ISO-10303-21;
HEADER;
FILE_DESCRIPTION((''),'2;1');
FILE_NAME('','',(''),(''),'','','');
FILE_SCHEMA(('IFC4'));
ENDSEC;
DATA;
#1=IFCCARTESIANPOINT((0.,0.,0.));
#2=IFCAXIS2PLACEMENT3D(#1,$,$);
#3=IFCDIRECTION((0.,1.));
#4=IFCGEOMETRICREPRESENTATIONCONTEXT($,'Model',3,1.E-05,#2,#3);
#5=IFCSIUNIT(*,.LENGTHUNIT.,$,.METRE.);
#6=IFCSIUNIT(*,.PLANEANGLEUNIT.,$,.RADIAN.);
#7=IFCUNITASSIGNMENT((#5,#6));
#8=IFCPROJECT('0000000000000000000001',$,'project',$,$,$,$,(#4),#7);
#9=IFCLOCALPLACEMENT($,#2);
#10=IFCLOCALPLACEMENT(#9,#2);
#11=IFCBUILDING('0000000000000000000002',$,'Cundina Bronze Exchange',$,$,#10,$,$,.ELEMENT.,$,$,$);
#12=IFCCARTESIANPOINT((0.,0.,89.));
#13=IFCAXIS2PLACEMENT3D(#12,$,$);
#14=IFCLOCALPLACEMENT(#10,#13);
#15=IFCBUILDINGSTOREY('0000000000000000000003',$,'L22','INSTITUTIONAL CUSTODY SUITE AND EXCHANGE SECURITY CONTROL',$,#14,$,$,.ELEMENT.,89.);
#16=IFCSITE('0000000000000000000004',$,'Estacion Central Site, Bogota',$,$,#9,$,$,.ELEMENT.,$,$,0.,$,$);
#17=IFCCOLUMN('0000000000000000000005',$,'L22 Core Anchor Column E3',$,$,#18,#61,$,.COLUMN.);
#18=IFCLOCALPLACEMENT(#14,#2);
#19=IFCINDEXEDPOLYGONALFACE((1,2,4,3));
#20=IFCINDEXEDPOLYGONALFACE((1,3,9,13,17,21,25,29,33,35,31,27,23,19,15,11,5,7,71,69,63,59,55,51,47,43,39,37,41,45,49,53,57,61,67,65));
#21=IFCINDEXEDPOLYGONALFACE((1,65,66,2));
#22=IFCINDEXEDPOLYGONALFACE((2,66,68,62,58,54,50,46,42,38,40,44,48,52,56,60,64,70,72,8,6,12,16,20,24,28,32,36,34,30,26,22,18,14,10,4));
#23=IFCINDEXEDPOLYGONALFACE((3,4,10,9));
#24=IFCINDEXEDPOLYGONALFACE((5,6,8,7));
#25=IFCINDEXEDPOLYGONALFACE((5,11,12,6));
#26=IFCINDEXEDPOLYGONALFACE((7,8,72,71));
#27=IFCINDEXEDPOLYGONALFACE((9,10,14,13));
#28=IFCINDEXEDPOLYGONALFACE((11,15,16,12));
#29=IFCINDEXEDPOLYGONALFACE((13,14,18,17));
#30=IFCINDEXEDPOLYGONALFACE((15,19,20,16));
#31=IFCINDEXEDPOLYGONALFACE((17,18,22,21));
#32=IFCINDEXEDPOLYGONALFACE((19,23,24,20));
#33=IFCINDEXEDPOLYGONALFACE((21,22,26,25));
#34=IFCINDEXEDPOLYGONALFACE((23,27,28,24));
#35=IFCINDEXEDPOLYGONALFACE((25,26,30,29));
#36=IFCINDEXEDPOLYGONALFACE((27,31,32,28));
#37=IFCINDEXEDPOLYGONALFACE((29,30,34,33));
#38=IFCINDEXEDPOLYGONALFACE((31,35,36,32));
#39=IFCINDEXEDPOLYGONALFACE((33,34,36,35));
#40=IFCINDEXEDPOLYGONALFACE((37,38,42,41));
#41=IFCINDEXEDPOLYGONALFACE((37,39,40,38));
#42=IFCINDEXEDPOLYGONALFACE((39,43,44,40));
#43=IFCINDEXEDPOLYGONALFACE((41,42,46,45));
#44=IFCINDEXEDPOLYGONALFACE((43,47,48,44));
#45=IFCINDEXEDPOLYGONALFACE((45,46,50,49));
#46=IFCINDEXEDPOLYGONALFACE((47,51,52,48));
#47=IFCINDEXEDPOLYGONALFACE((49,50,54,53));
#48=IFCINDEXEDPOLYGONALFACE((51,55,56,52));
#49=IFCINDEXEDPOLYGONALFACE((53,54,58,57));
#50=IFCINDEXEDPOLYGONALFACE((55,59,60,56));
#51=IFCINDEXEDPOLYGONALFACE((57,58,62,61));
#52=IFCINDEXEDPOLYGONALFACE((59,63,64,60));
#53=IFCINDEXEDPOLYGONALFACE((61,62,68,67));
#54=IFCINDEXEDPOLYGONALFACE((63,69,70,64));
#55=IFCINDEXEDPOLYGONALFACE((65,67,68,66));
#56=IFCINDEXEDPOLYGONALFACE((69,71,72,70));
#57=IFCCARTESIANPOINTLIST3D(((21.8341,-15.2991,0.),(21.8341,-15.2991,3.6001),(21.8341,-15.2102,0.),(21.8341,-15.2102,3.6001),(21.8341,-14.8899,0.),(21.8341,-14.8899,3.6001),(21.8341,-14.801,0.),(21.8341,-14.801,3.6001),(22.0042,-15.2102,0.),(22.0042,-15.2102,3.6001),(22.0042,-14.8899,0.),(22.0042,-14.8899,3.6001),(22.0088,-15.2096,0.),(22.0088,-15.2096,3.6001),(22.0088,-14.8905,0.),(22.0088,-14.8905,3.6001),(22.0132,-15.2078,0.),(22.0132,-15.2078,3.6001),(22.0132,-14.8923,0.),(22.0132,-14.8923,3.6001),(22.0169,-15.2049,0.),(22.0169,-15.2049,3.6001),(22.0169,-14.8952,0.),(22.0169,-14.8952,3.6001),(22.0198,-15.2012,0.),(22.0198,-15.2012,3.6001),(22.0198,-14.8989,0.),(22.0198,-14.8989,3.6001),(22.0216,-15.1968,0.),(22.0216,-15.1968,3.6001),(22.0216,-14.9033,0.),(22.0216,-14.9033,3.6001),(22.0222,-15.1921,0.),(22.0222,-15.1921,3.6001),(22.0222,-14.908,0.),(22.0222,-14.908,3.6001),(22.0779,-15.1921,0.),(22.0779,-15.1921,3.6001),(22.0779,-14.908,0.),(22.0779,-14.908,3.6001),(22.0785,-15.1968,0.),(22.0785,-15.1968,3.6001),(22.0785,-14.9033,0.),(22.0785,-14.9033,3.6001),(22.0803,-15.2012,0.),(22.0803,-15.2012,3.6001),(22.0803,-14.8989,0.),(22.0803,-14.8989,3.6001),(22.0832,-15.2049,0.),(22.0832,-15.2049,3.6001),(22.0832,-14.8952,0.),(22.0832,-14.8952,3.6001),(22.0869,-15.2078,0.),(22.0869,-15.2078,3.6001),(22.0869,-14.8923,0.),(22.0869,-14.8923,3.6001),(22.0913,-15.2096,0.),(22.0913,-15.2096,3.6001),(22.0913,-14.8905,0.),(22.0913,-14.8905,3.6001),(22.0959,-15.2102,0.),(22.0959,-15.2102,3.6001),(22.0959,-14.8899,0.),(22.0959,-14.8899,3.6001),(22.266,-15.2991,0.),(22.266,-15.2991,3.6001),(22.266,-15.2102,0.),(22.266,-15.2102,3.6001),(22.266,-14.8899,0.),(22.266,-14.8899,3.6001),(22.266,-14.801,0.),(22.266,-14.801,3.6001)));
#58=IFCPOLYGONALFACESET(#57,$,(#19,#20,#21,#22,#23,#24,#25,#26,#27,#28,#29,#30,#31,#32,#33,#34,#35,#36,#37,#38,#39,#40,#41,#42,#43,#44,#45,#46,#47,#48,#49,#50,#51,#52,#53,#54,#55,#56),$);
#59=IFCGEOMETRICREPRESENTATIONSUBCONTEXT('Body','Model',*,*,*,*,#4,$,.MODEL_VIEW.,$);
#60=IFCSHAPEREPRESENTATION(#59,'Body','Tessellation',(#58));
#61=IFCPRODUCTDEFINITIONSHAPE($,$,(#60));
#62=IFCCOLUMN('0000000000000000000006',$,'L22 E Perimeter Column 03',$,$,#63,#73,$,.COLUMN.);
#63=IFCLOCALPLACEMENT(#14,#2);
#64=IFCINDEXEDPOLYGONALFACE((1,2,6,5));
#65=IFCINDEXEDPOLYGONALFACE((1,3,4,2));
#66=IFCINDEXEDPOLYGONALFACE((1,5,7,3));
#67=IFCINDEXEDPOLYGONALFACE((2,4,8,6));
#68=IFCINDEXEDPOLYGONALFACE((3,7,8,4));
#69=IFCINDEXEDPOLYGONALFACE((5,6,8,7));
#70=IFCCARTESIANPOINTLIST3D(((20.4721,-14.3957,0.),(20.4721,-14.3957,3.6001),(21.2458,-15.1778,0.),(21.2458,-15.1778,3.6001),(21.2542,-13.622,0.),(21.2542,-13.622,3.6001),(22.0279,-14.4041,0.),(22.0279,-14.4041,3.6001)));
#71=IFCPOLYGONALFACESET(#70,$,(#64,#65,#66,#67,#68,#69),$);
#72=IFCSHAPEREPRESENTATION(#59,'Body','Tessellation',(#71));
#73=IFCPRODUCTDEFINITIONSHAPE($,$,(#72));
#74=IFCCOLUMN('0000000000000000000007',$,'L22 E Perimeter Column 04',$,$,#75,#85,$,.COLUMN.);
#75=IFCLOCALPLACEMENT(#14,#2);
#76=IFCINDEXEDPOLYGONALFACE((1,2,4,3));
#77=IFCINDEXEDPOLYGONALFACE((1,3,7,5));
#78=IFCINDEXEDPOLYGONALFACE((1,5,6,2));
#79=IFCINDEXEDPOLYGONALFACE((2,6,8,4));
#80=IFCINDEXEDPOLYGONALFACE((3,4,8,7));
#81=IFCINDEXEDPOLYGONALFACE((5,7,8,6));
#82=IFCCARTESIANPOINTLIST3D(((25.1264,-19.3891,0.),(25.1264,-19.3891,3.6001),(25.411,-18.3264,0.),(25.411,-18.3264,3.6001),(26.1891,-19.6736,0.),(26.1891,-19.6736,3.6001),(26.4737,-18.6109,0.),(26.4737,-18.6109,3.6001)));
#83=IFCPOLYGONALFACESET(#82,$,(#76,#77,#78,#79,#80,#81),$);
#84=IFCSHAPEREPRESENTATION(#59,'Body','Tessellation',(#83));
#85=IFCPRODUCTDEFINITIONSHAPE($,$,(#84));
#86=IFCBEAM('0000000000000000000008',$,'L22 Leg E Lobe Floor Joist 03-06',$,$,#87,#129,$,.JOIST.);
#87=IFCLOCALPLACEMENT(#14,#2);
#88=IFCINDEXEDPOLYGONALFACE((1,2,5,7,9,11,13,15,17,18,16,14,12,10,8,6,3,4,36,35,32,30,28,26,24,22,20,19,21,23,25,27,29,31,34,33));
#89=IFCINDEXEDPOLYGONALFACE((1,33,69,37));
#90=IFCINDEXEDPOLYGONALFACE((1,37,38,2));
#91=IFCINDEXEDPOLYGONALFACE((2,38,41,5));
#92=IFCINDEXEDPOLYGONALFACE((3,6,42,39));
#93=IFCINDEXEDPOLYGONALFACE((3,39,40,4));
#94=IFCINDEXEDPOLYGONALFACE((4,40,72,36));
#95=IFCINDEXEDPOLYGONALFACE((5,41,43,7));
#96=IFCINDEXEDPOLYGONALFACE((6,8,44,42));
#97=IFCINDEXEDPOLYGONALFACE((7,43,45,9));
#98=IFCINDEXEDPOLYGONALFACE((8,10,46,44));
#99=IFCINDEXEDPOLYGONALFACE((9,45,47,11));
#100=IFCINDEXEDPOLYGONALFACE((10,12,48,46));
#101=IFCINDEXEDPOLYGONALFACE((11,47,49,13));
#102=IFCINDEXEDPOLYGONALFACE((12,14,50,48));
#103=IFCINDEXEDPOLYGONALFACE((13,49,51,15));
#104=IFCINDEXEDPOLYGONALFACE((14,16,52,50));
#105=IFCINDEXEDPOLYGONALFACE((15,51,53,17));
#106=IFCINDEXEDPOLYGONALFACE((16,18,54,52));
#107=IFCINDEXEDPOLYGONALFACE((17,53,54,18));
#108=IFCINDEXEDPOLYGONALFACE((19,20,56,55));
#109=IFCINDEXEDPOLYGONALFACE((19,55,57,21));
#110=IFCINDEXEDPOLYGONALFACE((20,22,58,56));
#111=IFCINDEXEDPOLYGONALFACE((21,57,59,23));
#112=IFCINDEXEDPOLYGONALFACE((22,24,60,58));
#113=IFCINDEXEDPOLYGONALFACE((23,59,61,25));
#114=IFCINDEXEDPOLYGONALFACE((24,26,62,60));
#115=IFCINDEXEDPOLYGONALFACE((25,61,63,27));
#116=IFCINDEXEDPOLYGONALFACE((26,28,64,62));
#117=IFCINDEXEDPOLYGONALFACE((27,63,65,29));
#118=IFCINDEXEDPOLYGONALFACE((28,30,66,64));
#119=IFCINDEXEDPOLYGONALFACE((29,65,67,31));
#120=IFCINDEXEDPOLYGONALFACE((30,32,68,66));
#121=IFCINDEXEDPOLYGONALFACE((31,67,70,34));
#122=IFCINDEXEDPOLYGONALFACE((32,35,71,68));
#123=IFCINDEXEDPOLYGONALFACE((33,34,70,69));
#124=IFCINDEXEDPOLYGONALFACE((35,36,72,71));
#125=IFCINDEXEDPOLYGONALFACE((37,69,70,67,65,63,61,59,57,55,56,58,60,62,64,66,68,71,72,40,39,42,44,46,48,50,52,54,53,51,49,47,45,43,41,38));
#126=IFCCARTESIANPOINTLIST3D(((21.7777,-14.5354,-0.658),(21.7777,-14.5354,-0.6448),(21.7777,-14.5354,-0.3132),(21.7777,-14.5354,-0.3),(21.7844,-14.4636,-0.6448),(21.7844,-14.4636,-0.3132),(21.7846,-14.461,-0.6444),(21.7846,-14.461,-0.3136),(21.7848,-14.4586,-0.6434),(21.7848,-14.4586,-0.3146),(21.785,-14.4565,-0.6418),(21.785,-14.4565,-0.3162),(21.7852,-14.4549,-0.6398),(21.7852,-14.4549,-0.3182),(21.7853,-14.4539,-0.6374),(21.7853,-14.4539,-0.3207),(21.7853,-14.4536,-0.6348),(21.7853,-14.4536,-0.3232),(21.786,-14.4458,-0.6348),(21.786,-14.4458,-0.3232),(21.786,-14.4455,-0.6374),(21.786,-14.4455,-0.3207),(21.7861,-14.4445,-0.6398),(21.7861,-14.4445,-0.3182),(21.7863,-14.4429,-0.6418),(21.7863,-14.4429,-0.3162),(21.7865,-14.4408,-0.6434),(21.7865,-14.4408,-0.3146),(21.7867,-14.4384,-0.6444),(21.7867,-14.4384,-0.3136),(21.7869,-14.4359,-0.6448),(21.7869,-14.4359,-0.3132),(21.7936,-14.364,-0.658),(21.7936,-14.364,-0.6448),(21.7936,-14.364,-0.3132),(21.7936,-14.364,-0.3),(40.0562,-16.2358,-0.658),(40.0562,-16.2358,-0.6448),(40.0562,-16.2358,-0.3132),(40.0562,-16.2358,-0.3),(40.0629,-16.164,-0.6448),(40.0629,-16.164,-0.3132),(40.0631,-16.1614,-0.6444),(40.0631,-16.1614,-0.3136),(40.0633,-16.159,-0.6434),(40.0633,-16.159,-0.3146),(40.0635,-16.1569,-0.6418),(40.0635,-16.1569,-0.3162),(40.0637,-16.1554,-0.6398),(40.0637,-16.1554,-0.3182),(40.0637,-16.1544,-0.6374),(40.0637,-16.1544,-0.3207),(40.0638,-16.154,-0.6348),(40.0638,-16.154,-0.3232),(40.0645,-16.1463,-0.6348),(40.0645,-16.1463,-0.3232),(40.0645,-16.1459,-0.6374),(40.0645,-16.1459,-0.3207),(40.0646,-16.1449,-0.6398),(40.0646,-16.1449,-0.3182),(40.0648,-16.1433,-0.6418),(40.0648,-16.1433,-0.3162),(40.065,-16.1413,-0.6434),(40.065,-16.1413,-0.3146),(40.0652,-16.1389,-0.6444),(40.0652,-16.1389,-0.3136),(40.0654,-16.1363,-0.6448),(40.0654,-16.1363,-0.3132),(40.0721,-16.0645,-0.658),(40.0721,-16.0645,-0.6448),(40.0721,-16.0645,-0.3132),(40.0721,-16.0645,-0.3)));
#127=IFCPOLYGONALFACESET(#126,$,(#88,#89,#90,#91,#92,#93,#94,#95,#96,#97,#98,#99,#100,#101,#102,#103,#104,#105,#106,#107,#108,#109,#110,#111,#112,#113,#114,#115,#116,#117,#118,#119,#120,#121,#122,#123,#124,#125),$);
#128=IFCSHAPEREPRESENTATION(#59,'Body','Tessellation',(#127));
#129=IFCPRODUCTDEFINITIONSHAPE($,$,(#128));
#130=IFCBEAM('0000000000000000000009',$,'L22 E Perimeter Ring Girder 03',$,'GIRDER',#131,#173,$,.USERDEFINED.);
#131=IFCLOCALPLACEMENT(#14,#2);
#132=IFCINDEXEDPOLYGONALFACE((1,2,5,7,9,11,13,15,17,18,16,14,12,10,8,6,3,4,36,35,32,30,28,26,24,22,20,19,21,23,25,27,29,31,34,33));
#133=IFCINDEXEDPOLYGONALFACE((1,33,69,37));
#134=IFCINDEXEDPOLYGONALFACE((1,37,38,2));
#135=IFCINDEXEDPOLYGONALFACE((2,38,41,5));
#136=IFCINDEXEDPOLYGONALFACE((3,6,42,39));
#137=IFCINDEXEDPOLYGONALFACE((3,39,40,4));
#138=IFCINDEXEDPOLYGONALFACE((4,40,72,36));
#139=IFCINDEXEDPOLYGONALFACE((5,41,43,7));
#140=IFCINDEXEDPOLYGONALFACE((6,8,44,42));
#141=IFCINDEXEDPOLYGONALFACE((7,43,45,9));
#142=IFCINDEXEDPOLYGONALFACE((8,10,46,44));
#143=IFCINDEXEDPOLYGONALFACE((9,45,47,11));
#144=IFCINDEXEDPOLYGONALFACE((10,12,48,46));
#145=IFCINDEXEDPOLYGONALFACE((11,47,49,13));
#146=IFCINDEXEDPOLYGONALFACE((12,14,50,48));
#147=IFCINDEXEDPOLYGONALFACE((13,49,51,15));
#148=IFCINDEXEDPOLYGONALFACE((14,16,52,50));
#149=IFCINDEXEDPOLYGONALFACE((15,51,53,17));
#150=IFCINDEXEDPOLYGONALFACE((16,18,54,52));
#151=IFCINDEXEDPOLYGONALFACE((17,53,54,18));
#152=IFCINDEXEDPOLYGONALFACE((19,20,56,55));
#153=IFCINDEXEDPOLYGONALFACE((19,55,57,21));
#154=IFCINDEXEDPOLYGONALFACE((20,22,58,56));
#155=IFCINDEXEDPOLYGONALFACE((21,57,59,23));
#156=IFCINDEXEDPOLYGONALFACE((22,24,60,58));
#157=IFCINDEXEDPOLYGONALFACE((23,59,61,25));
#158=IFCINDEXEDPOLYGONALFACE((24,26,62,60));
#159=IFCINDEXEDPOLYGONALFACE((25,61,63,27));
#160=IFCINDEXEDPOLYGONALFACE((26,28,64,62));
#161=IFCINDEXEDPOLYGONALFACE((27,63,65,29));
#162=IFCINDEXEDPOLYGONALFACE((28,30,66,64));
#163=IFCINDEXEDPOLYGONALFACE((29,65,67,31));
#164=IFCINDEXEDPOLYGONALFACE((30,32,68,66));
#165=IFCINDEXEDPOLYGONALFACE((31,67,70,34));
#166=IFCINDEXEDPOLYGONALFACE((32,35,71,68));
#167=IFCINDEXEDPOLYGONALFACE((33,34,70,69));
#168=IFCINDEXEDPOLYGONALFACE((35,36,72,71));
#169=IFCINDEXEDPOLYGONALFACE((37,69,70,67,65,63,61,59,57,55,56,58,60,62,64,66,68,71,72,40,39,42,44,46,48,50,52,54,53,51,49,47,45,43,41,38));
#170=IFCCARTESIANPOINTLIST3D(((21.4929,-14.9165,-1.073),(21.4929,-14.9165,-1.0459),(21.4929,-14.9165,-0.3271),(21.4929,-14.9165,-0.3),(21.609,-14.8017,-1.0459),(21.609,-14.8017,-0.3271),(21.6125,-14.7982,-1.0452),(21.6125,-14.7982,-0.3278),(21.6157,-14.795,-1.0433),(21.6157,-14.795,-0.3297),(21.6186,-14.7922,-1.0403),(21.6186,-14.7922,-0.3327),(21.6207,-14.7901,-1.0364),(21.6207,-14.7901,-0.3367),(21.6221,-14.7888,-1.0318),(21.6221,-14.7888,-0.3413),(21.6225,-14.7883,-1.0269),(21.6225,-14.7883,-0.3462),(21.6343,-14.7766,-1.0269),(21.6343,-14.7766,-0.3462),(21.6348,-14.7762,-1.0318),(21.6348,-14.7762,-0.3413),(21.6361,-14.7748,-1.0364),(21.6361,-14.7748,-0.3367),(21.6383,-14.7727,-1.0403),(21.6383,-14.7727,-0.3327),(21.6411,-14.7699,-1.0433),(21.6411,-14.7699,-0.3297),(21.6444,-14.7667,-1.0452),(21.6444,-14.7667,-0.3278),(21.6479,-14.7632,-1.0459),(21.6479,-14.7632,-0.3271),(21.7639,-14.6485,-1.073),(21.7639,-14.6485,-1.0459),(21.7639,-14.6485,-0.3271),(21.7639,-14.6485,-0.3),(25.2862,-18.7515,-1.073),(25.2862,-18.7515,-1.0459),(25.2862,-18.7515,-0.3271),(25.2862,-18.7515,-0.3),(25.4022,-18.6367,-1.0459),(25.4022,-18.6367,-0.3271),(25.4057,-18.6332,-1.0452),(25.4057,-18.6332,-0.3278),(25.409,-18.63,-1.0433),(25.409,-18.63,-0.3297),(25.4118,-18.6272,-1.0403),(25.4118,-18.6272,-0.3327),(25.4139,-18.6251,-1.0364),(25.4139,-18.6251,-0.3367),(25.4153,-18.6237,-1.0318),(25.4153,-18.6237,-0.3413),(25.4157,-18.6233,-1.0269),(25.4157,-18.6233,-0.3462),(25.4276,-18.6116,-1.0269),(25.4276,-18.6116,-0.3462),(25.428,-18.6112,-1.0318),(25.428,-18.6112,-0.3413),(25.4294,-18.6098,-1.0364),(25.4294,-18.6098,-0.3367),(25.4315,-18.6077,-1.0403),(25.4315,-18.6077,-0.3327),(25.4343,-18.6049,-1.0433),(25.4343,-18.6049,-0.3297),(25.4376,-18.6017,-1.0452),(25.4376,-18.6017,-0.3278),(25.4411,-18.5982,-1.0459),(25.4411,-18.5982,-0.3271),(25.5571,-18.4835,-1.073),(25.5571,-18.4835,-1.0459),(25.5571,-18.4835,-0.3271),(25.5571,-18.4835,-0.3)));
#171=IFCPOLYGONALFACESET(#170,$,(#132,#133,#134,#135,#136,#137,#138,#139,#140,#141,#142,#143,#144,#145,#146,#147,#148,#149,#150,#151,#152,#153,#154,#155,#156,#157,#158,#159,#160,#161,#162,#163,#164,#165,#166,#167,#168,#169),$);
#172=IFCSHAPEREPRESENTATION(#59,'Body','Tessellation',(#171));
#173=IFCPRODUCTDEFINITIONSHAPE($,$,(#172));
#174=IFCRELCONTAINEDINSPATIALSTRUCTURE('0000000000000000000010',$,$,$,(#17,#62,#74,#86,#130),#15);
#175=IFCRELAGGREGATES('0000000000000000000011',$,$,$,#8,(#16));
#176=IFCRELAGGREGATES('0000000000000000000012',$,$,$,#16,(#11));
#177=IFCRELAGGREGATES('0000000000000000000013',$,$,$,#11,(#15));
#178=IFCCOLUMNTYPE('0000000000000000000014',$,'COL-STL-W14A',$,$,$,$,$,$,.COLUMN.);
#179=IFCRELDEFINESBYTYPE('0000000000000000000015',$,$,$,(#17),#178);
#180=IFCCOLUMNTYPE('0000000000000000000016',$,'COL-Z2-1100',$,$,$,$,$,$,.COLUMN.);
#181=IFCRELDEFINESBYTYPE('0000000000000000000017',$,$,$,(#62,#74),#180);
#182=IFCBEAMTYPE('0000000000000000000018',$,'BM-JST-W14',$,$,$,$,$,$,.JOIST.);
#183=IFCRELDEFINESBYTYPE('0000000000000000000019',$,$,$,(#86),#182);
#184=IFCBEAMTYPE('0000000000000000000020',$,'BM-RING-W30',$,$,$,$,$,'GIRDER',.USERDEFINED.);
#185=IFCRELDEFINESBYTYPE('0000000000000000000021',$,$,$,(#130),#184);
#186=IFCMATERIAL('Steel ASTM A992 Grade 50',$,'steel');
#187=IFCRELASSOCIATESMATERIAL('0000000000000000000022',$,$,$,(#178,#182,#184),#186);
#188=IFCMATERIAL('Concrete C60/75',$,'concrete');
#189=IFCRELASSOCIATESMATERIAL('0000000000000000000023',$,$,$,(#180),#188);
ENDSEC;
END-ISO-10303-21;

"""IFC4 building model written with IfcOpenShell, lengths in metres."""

from ifc_helpers import new_model, si_unit, direction, frame, origin, origin_2d, place, context, subcontext, project, spatial, rectangle, i_section, extrude, material, material_profile, profile_set, type_object, element, save


model = new_model("IFC4")

# Units and contexts
model_context = context("Model", 3, precision=1e-05, world=origin(), true_north=direction((0.0, 1.0)))
body_context = subcontext(model_context, "Body", "Model", "MODEL_VIEW")
ifc_project = project(units=[si_unit("LENGTHUNIT", "METRE"), si_unit("PLANEANGLEUNIT", "RADIAN")], contexts=[model_context])

# Site, building, storey
site_placement = place(None, origin())
site = spatial("IfcSite", under=ifc_project, at=site_placement, Name="Estacion Central Site, Bogota", CompositionType="ELEMENT", RefElevation=0.0)
building_placement = place(site_placement, origin())
building = spatial("IfcBuilding", under=site, at=building_placement, Name="Cundina Bronze Exchange", CompositionType="ELEMENT")
storey_placement = place(building_placement, frame((0.0, 0.0, 89.0)))
storey = spatial("IfcBuildingStorey", under=building, at=storey_placement, Name="L22", Description="INSTITUTIONAL CUSTODY SUITE AND EXCHANGE SECURITY CONTROL", CompositionType="ELEMENT", Elevation=89.0)

# Columns
ifc_material_1 = material(Name="Steel ASTM A992 Grade 50", Category="steel")
ifc_material_profile_1 = material_profile(ifc_material_1, i_section(OverallWidth=0.4319, OverallDepth=0.498, WebThickness=0.0557, FlangeThickness=0.0889, FilletRadius=0.0181, at=origin_2d()), Name="W14X500", Category="steel")
ifc_profile_set_1 = profile_set([ifc_material_profile_1], Name="Steel ASTM A992 Grade 50")
column_type_1 = type_object("IfcColumnType", Name="COL-STL-W14A", PredefinedType="COLUMN", material=ifc_profile_set_1)
column_placement = place(storey_placement, frame((22.05, -15.05, 0.0), z_axis=(0.0, 0.0, 1.0), x_axis=(1.0, 0.0, 0.0)))
element("IfcColumn", 1, at=column_placement, inside=storey, type_object=column_type_1, Name="L22 Core Anchor Column E3", PredefinedType="COLUMN", context=body_context, shape_type="SweptSolid", body=[
    extrude(i_section(OverallWidth=0.4319, OverallDepth=0.498, WebThickness=0.0557, FlangeThickness=0.0889, FilletRadius=0.0181, at=origin_2d()), origin(), (0.0, 0.0, 1.0), 3.6001),
])
ifc_material_2 = material(Name="Concrete C60/75", Category="concrete")
ifc_material_profile_2 = material_profile(ifc_material_2, rectangle(XDim=1.1001, YDim=1.1001, at=origin_2d()), Name="RC1100X1100", Category="concrete")
ifc_profile_set_2 = profile_set([ifc_material_profile_2], Name="Concrete C60/75")
column_type_2 = type_object("IfcColumnType", Name="COL-Z2-1100", PredefinedType="COLUMN", material=ifc_profile_set_2)
for number, where, z_axis, x_axis, name in (
    (2, (21.25, -14.3999, 0.0), (0.0, 0.0, 1.0), (0.703271, -0.710922, 0.0), "L22 E Perimeter Column 03"),
    (3, (25.8, -19.0, 0.0), (0.0, 0.0, 1.0), (0.965971, -0.25865, 0.0), "L22 E Perimeter Column 04"),
):
    element("IfcColumn", number, at=place(storey_placement, frame(where, z_axis=z_axis, x_axis=x_axis)), inside=storey, type_object=column_type_2, Name=name, PredefinedType="COLUMN", context=body_context, shape_type="SweptSolid", body=[
        extrude(rectangle(XDim=1.1001, YDim=1.1001, at=origin_2d()), origin(), (0.0, 0.0, 1.0), 3.6001),
    ])

# Beams
ifc_material_profile_3 = material_profile(ifc_material_1, i_section(OverallWidth=0.1721, OverallDepth=0.3579, WebThickness=0.0078, FlangeThickness=0.0132, FilletRadius=0.01, at=origin_2d()), Name="W14X38", Category="steel")
ifc_profile_set_3 = profile_set([ifc_material_profile_3], Name="Steel ASTM A992 Grade 50")
beam_type_1 = type_object("IfcBeamType", Name="BM-JST-W14", PredefinedType="JOIST", material=ifc_profile_set_3)
beam_1_placement = place(storey_placement, frame((21.7856, -14.4497, -0.479), z_axis=(0.995701, -0.092629, 0.0), x_axis=(0.092629, 0.995701, 0.0)))
element("IfcBeam", 4, at=beam_1_placement, inside=storey, type_object=beam_type_1, Name="L22 Leg E Lobe Floor Joist 03-06", PredefinedType="JOIST", context=body_context, shape_type="SweptSolid", body=[
    extrude(i_section(OverallWidth=0.1721, OverallDepth=0.3579, WebThickness=0.0078, FlangeThickness=0.0132, FilletRadius=0.01, at=origin_2d()), origin(), (0.0, 0.0, 1.0), 18.3574),
])
ifc_material_profile_4 = material_profile(ifc_material_1, i_section(OverallWidth=0.3811, OverallDepth=0.7729, WebThickness=0.0166, FlangeThickness=0.0271, FilletRadius=0.019, at=origin_2d()), Name="W30X173", Category="steel")
ifc_profile_set_4 = profile_set([ifc_material_profile_4], Name="Steel ASTM A992 Grade 50")
beam_type_2 = type_object("IfcBeamType", Name="BM-RING-W30", ElementType="GIRDER", PredefinedType="USERDEFINED", material=ifc_profile_set_4)
beam_2_placement = place(storey_placement, frame((21.6284, -14.7825, -0.6865), z_axis=(0.703226, -0.710966, 0.0), x_axis=(0.710966, 0.703226, 0.0)))
element("IfcBeam", 5, at=beam_2_placement, inside=storey, type_object=beam_type_2, Name="L22 E Perimeter Ring Girder 03", ObjectType="GIRDER", PredefinedType="USERDEFINED", context=body_context, shape_type="SweptSolid", body=[
    extrude(i_section(OverallWidth=0.3811, OverallDepth=0.7729, WebThickness=0.0166, FlangeThickness=0.0271, FilletRadius=0.019, at=origin_2d()), origin(), (0.0, 0.0, 1.0), 5.394),
])

save(model, "model.ifc")
